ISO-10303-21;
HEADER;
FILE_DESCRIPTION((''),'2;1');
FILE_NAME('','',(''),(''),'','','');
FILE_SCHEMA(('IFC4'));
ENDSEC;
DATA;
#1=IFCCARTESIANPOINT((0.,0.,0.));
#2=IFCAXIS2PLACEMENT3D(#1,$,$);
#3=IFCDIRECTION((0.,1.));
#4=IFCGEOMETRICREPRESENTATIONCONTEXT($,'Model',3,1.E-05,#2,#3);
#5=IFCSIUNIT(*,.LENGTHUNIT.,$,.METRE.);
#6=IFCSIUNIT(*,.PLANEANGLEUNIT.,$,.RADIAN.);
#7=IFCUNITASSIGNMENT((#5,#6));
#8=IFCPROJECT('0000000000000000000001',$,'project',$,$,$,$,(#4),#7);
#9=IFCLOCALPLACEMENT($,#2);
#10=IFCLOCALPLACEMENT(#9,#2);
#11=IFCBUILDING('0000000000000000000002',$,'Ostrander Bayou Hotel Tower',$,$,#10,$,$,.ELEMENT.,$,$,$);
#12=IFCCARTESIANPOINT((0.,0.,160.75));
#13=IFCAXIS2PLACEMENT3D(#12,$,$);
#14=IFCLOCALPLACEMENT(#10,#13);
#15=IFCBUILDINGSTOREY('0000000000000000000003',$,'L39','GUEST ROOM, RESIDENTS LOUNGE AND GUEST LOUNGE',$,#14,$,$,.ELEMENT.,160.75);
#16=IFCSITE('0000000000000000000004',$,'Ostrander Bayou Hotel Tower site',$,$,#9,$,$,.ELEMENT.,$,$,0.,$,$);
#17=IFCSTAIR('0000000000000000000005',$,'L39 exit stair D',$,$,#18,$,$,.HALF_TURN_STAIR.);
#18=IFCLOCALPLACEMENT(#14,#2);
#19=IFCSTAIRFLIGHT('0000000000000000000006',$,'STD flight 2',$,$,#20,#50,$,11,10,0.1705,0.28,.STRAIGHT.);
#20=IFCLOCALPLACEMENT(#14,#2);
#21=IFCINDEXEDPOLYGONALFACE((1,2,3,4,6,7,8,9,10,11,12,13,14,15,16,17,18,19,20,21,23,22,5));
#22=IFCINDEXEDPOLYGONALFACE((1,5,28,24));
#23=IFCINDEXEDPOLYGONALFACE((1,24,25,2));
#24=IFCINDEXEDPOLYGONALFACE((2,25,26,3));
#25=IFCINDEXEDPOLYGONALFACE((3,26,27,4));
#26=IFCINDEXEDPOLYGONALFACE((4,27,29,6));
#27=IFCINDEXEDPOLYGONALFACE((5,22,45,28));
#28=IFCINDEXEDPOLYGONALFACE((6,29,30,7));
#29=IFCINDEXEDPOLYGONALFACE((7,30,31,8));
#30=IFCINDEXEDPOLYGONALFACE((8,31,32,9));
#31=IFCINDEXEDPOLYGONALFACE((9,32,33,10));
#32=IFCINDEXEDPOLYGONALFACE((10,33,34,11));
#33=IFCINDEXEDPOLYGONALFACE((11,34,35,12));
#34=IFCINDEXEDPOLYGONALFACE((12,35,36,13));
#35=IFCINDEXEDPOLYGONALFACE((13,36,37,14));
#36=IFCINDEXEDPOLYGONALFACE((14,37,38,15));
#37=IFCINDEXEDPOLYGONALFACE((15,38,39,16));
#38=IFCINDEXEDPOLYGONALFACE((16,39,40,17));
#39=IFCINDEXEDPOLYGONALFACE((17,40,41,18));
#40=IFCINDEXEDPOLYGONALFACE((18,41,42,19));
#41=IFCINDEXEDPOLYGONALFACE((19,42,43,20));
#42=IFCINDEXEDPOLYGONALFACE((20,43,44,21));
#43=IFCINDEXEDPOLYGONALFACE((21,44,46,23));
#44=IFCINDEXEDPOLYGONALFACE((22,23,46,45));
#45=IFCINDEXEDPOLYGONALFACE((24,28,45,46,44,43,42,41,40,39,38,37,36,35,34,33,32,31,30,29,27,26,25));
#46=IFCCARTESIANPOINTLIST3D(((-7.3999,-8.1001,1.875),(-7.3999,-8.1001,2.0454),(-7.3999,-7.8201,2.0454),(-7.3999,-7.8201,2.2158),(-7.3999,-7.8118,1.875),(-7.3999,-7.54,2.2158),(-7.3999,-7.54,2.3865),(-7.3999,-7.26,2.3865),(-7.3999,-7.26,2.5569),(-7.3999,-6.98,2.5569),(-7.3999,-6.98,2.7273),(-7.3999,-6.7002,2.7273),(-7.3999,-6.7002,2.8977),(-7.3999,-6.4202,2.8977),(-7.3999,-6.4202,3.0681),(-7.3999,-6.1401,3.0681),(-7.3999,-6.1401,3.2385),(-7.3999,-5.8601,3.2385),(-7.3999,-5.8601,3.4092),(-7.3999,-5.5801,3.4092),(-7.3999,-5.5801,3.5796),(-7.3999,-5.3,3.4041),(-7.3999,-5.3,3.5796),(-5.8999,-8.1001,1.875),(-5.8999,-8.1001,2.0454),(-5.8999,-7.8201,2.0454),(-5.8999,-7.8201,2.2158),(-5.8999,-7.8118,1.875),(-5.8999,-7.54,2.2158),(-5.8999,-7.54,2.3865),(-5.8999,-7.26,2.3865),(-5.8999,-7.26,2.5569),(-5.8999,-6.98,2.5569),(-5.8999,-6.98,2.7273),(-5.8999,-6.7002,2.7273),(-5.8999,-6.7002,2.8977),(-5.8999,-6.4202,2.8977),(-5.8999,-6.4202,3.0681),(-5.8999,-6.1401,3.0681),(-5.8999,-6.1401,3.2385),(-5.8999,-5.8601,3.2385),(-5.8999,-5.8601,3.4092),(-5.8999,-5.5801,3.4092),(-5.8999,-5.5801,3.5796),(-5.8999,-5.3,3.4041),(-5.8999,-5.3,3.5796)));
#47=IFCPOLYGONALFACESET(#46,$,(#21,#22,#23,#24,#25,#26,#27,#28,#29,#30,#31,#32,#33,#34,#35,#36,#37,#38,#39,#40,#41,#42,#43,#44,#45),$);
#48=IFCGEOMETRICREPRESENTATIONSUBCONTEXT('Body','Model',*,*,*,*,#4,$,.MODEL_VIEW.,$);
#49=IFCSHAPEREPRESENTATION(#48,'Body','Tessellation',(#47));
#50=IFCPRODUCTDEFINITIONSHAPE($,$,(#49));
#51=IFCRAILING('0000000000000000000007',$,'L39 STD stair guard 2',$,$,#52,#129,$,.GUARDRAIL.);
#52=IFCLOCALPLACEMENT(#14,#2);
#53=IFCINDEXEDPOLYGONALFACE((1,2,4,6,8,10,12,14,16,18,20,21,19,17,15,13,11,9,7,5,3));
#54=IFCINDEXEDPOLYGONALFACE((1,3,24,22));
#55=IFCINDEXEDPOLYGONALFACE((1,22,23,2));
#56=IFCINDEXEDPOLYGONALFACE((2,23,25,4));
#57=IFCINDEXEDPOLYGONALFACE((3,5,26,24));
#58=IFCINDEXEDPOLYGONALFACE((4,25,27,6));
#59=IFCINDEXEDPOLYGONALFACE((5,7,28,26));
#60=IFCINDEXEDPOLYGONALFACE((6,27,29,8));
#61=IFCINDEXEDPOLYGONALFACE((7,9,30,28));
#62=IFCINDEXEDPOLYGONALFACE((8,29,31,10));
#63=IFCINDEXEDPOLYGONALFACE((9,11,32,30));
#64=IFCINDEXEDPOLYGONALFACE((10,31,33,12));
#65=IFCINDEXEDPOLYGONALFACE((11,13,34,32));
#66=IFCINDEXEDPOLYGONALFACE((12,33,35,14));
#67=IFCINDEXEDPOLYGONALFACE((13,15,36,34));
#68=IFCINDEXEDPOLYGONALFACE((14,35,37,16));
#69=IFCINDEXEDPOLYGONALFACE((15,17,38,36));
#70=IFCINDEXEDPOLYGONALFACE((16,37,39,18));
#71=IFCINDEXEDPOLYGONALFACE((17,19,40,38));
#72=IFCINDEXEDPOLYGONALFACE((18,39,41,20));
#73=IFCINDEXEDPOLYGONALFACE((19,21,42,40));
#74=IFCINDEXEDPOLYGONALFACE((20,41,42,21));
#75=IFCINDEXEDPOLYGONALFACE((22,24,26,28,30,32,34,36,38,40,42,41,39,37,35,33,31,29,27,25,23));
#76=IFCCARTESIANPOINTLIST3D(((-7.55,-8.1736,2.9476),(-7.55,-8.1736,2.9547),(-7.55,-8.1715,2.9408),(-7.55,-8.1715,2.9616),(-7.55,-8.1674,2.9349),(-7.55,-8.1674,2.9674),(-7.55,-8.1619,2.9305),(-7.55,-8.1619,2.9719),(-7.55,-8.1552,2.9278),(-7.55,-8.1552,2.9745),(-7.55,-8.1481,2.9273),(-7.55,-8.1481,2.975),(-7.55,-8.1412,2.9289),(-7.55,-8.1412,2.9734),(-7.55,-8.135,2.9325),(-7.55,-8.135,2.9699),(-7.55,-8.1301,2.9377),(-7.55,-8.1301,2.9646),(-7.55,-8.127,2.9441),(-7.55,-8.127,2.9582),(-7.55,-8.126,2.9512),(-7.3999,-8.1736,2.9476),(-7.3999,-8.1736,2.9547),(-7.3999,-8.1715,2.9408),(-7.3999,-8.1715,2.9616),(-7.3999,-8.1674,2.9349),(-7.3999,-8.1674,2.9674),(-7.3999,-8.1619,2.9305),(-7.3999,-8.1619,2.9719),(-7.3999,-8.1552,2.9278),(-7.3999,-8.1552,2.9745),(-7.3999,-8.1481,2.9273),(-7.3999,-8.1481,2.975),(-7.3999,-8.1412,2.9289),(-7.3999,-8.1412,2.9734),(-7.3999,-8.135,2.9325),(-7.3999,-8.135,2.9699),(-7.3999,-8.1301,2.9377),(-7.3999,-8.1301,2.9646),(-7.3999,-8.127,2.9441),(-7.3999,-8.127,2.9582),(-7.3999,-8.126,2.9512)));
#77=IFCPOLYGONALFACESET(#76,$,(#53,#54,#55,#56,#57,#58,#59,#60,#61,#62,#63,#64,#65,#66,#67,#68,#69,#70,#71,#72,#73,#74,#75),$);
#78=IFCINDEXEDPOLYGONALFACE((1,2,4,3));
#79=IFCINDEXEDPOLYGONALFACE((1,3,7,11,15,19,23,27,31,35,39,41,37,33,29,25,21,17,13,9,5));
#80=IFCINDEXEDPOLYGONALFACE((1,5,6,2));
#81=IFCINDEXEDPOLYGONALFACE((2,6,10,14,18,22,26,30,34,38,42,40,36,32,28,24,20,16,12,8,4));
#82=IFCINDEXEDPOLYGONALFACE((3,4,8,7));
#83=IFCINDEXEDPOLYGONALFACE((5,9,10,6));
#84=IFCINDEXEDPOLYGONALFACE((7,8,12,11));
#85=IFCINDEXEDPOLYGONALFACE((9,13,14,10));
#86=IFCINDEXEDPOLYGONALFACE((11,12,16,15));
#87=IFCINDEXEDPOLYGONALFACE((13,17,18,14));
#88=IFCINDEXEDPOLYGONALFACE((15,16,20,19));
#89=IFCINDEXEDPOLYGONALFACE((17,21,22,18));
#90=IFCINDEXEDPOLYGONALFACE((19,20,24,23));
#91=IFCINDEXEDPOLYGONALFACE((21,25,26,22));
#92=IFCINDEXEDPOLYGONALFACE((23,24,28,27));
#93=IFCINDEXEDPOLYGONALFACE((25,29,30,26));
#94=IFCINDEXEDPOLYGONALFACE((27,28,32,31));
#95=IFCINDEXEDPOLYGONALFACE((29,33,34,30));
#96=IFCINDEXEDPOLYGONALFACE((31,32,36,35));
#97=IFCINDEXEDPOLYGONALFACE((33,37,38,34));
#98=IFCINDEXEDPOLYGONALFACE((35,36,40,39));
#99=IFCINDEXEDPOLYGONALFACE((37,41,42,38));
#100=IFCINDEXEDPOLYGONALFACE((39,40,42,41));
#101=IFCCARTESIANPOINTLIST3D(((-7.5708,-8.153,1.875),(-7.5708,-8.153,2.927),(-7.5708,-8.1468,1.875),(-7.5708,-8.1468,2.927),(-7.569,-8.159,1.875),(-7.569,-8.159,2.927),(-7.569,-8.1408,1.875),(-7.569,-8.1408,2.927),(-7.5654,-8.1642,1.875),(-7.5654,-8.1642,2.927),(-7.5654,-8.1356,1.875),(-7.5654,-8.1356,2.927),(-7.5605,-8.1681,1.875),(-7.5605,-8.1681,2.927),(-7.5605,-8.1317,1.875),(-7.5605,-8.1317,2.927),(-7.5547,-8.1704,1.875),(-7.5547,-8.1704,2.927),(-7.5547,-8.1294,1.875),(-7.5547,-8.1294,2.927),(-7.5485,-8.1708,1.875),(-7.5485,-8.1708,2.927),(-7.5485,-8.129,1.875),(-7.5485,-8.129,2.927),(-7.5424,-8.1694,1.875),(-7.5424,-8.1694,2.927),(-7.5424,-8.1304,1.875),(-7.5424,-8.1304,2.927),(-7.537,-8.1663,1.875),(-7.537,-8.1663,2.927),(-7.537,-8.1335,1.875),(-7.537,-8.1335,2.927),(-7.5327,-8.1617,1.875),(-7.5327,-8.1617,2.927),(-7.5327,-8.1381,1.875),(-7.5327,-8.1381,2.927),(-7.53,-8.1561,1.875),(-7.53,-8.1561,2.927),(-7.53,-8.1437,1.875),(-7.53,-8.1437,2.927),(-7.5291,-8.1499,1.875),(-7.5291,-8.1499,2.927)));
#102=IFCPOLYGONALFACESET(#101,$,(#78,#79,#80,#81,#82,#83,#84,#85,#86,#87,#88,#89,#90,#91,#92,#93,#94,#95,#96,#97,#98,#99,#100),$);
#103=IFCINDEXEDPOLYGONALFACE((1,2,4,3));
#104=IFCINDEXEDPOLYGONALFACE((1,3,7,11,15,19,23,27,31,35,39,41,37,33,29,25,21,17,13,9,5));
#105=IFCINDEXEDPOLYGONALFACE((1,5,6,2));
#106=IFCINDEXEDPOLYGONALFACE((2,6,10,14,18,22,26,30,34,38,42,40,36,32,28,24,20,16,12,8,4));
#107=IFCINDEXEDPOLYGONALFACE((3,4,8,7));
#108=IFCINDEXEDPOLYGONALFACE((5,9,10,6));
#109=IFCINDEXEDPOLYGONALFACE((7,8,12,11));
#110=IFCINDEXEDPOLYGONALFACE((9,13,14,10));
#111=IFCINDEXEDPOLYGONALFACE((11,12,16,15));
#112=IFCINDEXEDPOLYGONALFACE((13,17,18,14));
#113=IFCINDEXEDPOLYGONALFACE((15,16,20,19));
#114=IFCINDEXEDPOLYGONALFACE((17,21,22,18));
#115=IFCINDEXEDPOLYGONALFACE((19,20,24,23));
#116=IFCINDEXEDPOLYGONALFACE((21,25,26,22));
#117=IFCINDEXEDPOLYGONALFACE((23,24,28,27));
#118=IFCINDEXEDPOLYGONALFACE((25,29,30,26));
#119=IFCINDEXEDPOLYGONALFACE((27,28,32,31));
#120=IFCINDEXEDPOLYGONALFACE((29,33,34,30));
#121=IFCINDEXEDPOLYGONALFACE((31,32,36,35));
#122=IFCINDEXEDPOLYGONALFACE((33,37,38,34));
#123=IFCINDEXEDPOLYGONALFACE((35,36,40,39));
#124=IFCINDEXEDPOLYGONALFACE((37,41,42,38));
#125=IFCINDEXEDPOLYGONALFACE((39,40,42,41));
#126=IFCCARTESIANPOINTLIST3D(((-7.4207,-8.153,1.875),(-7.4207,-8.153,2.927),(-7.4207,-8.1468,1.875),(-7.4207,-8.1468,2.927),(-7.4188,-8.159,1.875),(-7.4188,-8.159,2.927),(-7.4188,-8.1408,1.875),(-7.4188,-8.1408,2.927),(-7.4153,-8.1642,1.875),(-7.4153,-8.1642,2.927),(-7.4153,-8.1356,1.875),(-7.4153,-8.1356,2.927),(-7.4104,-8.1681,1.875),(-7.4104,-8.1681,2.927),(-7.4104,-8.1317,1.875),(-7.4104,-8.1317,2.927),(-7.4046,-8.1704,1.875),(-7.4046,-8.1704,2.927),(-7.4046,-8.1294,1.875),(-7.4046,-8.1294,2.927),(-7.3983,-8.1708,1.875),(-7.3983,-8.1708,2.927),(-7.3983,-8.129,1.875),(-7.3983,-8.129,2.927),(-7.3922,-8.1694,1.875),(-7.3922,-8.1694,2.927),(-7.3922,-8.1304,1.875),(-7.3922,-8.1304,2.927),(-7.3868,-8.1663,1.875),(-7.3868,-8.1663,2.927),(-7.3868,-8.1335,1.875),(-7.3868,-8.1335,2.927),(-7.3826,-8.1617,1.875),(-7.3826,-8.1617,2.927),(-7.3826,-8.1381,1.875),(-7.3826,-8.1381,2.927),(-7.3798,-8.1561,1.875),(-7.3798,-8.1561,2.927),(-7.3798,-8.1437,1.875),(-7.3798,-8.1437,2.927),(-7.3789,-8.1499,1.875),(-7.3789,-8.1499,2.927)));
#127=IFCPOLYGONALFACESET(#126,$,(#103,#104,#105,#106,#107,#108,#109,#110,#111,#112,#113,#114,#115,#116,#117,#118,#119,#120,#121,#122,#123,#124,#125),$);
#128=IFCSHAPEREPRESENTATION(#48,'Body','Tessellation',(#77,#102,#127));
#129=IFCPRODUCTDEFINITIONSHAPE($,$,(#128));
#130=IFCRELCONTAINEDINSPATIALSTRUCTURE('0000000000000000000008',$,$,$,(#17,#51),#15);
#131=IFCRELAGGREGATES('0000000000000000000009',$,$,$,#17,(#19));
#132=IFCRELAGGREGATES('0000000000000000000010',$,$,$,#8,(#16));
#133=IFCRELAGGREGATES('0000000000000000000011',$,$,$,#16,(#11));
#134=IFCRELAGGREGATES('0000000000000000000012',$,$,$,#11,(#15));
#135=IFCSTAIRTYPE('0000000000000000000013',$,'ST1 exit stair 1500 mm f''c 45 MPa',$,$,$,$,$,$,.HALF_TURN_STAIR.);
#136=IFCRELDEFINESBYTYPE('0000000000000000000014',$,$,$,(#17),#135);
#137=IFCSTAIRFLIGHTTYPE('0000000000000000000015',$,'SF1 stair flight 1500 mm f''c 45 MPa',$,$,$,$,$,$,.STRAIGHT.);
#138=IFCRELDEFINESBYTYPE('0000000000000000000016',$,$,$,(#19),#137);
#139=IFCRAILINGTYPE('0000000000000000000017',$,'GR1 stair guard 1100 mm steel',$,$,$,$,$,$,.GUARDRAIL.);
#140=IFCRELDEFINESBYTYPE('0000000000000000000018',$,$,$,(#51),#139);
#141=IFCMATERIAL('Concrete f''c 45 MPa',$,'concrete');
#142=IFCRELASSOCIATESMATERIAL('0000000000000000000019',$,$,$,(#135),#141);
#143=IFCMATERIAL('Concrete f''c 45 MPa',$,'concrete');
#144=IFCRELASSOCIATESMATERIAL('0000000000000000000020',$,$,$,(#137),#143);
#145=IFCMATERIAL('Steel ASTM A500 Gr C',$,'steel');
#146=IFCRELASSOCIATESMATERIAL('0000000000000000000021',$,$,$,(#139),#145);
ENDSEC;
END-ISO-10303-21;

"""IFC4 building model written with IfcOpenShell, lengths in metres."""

from ifc_helpers import new_model, si_unit, direction, frame, origin, origin_2d, place, context, subcontext, project, spatial, polyline, circle, outline, extrude, material, type_object, element, aggregate, save


model = new_model("IFC4")

# Units and contexts
model_context = context("Model", 3, precision=1e-05, world=origin(), true_north=direction((0.0, 1.0)))
body_context = subcontext(model_context, "Body", "Model", "MODEL_VIEW")
ifc_project = project(units=[si_unit("LENGTHUNIT", "METRE"), si_unit("PLANEANGLEUNIT", "RADIAN")], contexts=[model_context])

# Site, building, storey
site_placement = place(None, origin())
site = spatial("IfcSite", under=ifc_project, at=site_placement, Name="Ostrander Bayou Hotel Tower site", CompositionType="ELEMENT", RefElevation=0.0)
building_placement = place(site_placement, origin())
building = spatial("IfcBuilding", under=site, at=building_placement, Name="Ostrander Bayou Hotel Tower", CompositionType="ELEMENT")
storey_placement = place(building_placement, frame((0.0, 0.0, 160.75)))
storey = spatial("IfcBuildingStorey", under=building, at=storey_placement, Name="L39", Description="GUEST ROOM, RESIDENTS LOUNGE AND GUEST LOUNGE", CompositionType="ELEMENT", Elevation=160.75)

# Stair, stair flight
ifc_material_1 = material(Name="Concrete f'c 45 MPa", Category="concrete")
stair_type = type_object("IfcStairType", Name="ST1 exit stair 1500 mm f'c 45 MPa", PredefinedType="HALF_TURN_STAIR", material=ifc_material_1)
stair_placement = place(storey_placement, origin())
stair = element("IfcStair", 1, at=stair_placement, inside=storey, type_object=stair_type, Name="L39 exit stair D", PredefinedType="HALF_TURN_STAIR")
ifc_material_2 = material(Name="Concrete f'c 45 MPa", Category="concrete")
stair_flight_type = type_object("IfcStairFlightType", Name="SF1 stair flight 1500 mm f'c 45 MPa", PredefinedType="STRAIGHT", material=ifc_material_2)
stair_flight_placement = place(storey_placement, frame((-6.6499, -8.1001, 1.875), z_axis=(0.0, 0.0, 1.0), x_axis=(0.0, 1.0, 0.0)))
stair_flight = element("IfcStairFlight", 2, at=stair_flight_placement, type_object=stair_flight_type, Name="STD flight 2", NumberOfRisers=11, NumberOfTreads=10, PredefinedType="STRAIGHT", RiserHeight=0.1705, TreadLength=0.28, context=body_context, shape_type="SweptSolid", body=[
    extrude(outline(polyline([(0.0, 0.0), (0.0, 0.1704), (0.28, 0.1704), (0.28, 0.3408), (0.5601, 0.3408), (0.5601, 0.5115), (0.8401, 0.5115), (0.8401, 0.6819), (1.1201, 0.6819), (1.1201, 0.8523), (1.3999, 0.8523), (1.3999, 1.0227), (1.6799, 1.0227), (1.6799, 1.1931), (1.96, 1.1931), (1.96, 1.3635), (2.24, 1.3635), (2.24, 1.5342), (2.52, 1.5342), (2.52, 1.7046), (2.8, 1.7046), (2.8, 1.875), (2.8, 1.5291), (0.2883, 0.0), (0.0, 0.0)])), frame((0.0, 0.75, 0.0), z_axis=(0.0, -1.0, 0.0), x_axis=(1.0, 0.0, 0.0)), (0.0, 0.0, 1.0), 1.5),
])
aggregate(stair, [stair_flight])

# Railing
ifc_material_3 = material(Name="Steel ASTM A500 Gr C", Category="steel")
railing_type_1 = type_object("IfcRailingType", Name="GR1 stair guard 1100 mm steel", PredefinedType="GUARDRAIL", material=ifc_material_3)
railing_1_placement = place(storey_placement, frame((-7.55, -8.1499, 1.875)))
element("IfcRailing", 3, at=railing_1_placement, inside=storey, type_object=railing_type_1, Name="L39 STD stair guard 2", PredefinedType="GUARDRAIL", context=body_context, shape_type="SweptSolid", body=[
    extrude(circle(Radius=0.0239, at=origin_2d()), frame((0.0, 0.0, 1.0762), z_axis=(1.0, 0.0, 0.0), x_axis=(0.0, 1.0, 0.0)), (0.0, 0.0, 1.0), 0.1501),
    extrude(circle(Radius=0.021, at=origin_2d()), origin(), (0.0, 0.0, 1.0), 1.052),
    extrude(circle(Radius=0.021, at=origin_2d()), frame((0.1501, 0.0, 0.0)), (0.0, 0.0, 1.0), 1.052),
])

save(model, "model.ifc")
